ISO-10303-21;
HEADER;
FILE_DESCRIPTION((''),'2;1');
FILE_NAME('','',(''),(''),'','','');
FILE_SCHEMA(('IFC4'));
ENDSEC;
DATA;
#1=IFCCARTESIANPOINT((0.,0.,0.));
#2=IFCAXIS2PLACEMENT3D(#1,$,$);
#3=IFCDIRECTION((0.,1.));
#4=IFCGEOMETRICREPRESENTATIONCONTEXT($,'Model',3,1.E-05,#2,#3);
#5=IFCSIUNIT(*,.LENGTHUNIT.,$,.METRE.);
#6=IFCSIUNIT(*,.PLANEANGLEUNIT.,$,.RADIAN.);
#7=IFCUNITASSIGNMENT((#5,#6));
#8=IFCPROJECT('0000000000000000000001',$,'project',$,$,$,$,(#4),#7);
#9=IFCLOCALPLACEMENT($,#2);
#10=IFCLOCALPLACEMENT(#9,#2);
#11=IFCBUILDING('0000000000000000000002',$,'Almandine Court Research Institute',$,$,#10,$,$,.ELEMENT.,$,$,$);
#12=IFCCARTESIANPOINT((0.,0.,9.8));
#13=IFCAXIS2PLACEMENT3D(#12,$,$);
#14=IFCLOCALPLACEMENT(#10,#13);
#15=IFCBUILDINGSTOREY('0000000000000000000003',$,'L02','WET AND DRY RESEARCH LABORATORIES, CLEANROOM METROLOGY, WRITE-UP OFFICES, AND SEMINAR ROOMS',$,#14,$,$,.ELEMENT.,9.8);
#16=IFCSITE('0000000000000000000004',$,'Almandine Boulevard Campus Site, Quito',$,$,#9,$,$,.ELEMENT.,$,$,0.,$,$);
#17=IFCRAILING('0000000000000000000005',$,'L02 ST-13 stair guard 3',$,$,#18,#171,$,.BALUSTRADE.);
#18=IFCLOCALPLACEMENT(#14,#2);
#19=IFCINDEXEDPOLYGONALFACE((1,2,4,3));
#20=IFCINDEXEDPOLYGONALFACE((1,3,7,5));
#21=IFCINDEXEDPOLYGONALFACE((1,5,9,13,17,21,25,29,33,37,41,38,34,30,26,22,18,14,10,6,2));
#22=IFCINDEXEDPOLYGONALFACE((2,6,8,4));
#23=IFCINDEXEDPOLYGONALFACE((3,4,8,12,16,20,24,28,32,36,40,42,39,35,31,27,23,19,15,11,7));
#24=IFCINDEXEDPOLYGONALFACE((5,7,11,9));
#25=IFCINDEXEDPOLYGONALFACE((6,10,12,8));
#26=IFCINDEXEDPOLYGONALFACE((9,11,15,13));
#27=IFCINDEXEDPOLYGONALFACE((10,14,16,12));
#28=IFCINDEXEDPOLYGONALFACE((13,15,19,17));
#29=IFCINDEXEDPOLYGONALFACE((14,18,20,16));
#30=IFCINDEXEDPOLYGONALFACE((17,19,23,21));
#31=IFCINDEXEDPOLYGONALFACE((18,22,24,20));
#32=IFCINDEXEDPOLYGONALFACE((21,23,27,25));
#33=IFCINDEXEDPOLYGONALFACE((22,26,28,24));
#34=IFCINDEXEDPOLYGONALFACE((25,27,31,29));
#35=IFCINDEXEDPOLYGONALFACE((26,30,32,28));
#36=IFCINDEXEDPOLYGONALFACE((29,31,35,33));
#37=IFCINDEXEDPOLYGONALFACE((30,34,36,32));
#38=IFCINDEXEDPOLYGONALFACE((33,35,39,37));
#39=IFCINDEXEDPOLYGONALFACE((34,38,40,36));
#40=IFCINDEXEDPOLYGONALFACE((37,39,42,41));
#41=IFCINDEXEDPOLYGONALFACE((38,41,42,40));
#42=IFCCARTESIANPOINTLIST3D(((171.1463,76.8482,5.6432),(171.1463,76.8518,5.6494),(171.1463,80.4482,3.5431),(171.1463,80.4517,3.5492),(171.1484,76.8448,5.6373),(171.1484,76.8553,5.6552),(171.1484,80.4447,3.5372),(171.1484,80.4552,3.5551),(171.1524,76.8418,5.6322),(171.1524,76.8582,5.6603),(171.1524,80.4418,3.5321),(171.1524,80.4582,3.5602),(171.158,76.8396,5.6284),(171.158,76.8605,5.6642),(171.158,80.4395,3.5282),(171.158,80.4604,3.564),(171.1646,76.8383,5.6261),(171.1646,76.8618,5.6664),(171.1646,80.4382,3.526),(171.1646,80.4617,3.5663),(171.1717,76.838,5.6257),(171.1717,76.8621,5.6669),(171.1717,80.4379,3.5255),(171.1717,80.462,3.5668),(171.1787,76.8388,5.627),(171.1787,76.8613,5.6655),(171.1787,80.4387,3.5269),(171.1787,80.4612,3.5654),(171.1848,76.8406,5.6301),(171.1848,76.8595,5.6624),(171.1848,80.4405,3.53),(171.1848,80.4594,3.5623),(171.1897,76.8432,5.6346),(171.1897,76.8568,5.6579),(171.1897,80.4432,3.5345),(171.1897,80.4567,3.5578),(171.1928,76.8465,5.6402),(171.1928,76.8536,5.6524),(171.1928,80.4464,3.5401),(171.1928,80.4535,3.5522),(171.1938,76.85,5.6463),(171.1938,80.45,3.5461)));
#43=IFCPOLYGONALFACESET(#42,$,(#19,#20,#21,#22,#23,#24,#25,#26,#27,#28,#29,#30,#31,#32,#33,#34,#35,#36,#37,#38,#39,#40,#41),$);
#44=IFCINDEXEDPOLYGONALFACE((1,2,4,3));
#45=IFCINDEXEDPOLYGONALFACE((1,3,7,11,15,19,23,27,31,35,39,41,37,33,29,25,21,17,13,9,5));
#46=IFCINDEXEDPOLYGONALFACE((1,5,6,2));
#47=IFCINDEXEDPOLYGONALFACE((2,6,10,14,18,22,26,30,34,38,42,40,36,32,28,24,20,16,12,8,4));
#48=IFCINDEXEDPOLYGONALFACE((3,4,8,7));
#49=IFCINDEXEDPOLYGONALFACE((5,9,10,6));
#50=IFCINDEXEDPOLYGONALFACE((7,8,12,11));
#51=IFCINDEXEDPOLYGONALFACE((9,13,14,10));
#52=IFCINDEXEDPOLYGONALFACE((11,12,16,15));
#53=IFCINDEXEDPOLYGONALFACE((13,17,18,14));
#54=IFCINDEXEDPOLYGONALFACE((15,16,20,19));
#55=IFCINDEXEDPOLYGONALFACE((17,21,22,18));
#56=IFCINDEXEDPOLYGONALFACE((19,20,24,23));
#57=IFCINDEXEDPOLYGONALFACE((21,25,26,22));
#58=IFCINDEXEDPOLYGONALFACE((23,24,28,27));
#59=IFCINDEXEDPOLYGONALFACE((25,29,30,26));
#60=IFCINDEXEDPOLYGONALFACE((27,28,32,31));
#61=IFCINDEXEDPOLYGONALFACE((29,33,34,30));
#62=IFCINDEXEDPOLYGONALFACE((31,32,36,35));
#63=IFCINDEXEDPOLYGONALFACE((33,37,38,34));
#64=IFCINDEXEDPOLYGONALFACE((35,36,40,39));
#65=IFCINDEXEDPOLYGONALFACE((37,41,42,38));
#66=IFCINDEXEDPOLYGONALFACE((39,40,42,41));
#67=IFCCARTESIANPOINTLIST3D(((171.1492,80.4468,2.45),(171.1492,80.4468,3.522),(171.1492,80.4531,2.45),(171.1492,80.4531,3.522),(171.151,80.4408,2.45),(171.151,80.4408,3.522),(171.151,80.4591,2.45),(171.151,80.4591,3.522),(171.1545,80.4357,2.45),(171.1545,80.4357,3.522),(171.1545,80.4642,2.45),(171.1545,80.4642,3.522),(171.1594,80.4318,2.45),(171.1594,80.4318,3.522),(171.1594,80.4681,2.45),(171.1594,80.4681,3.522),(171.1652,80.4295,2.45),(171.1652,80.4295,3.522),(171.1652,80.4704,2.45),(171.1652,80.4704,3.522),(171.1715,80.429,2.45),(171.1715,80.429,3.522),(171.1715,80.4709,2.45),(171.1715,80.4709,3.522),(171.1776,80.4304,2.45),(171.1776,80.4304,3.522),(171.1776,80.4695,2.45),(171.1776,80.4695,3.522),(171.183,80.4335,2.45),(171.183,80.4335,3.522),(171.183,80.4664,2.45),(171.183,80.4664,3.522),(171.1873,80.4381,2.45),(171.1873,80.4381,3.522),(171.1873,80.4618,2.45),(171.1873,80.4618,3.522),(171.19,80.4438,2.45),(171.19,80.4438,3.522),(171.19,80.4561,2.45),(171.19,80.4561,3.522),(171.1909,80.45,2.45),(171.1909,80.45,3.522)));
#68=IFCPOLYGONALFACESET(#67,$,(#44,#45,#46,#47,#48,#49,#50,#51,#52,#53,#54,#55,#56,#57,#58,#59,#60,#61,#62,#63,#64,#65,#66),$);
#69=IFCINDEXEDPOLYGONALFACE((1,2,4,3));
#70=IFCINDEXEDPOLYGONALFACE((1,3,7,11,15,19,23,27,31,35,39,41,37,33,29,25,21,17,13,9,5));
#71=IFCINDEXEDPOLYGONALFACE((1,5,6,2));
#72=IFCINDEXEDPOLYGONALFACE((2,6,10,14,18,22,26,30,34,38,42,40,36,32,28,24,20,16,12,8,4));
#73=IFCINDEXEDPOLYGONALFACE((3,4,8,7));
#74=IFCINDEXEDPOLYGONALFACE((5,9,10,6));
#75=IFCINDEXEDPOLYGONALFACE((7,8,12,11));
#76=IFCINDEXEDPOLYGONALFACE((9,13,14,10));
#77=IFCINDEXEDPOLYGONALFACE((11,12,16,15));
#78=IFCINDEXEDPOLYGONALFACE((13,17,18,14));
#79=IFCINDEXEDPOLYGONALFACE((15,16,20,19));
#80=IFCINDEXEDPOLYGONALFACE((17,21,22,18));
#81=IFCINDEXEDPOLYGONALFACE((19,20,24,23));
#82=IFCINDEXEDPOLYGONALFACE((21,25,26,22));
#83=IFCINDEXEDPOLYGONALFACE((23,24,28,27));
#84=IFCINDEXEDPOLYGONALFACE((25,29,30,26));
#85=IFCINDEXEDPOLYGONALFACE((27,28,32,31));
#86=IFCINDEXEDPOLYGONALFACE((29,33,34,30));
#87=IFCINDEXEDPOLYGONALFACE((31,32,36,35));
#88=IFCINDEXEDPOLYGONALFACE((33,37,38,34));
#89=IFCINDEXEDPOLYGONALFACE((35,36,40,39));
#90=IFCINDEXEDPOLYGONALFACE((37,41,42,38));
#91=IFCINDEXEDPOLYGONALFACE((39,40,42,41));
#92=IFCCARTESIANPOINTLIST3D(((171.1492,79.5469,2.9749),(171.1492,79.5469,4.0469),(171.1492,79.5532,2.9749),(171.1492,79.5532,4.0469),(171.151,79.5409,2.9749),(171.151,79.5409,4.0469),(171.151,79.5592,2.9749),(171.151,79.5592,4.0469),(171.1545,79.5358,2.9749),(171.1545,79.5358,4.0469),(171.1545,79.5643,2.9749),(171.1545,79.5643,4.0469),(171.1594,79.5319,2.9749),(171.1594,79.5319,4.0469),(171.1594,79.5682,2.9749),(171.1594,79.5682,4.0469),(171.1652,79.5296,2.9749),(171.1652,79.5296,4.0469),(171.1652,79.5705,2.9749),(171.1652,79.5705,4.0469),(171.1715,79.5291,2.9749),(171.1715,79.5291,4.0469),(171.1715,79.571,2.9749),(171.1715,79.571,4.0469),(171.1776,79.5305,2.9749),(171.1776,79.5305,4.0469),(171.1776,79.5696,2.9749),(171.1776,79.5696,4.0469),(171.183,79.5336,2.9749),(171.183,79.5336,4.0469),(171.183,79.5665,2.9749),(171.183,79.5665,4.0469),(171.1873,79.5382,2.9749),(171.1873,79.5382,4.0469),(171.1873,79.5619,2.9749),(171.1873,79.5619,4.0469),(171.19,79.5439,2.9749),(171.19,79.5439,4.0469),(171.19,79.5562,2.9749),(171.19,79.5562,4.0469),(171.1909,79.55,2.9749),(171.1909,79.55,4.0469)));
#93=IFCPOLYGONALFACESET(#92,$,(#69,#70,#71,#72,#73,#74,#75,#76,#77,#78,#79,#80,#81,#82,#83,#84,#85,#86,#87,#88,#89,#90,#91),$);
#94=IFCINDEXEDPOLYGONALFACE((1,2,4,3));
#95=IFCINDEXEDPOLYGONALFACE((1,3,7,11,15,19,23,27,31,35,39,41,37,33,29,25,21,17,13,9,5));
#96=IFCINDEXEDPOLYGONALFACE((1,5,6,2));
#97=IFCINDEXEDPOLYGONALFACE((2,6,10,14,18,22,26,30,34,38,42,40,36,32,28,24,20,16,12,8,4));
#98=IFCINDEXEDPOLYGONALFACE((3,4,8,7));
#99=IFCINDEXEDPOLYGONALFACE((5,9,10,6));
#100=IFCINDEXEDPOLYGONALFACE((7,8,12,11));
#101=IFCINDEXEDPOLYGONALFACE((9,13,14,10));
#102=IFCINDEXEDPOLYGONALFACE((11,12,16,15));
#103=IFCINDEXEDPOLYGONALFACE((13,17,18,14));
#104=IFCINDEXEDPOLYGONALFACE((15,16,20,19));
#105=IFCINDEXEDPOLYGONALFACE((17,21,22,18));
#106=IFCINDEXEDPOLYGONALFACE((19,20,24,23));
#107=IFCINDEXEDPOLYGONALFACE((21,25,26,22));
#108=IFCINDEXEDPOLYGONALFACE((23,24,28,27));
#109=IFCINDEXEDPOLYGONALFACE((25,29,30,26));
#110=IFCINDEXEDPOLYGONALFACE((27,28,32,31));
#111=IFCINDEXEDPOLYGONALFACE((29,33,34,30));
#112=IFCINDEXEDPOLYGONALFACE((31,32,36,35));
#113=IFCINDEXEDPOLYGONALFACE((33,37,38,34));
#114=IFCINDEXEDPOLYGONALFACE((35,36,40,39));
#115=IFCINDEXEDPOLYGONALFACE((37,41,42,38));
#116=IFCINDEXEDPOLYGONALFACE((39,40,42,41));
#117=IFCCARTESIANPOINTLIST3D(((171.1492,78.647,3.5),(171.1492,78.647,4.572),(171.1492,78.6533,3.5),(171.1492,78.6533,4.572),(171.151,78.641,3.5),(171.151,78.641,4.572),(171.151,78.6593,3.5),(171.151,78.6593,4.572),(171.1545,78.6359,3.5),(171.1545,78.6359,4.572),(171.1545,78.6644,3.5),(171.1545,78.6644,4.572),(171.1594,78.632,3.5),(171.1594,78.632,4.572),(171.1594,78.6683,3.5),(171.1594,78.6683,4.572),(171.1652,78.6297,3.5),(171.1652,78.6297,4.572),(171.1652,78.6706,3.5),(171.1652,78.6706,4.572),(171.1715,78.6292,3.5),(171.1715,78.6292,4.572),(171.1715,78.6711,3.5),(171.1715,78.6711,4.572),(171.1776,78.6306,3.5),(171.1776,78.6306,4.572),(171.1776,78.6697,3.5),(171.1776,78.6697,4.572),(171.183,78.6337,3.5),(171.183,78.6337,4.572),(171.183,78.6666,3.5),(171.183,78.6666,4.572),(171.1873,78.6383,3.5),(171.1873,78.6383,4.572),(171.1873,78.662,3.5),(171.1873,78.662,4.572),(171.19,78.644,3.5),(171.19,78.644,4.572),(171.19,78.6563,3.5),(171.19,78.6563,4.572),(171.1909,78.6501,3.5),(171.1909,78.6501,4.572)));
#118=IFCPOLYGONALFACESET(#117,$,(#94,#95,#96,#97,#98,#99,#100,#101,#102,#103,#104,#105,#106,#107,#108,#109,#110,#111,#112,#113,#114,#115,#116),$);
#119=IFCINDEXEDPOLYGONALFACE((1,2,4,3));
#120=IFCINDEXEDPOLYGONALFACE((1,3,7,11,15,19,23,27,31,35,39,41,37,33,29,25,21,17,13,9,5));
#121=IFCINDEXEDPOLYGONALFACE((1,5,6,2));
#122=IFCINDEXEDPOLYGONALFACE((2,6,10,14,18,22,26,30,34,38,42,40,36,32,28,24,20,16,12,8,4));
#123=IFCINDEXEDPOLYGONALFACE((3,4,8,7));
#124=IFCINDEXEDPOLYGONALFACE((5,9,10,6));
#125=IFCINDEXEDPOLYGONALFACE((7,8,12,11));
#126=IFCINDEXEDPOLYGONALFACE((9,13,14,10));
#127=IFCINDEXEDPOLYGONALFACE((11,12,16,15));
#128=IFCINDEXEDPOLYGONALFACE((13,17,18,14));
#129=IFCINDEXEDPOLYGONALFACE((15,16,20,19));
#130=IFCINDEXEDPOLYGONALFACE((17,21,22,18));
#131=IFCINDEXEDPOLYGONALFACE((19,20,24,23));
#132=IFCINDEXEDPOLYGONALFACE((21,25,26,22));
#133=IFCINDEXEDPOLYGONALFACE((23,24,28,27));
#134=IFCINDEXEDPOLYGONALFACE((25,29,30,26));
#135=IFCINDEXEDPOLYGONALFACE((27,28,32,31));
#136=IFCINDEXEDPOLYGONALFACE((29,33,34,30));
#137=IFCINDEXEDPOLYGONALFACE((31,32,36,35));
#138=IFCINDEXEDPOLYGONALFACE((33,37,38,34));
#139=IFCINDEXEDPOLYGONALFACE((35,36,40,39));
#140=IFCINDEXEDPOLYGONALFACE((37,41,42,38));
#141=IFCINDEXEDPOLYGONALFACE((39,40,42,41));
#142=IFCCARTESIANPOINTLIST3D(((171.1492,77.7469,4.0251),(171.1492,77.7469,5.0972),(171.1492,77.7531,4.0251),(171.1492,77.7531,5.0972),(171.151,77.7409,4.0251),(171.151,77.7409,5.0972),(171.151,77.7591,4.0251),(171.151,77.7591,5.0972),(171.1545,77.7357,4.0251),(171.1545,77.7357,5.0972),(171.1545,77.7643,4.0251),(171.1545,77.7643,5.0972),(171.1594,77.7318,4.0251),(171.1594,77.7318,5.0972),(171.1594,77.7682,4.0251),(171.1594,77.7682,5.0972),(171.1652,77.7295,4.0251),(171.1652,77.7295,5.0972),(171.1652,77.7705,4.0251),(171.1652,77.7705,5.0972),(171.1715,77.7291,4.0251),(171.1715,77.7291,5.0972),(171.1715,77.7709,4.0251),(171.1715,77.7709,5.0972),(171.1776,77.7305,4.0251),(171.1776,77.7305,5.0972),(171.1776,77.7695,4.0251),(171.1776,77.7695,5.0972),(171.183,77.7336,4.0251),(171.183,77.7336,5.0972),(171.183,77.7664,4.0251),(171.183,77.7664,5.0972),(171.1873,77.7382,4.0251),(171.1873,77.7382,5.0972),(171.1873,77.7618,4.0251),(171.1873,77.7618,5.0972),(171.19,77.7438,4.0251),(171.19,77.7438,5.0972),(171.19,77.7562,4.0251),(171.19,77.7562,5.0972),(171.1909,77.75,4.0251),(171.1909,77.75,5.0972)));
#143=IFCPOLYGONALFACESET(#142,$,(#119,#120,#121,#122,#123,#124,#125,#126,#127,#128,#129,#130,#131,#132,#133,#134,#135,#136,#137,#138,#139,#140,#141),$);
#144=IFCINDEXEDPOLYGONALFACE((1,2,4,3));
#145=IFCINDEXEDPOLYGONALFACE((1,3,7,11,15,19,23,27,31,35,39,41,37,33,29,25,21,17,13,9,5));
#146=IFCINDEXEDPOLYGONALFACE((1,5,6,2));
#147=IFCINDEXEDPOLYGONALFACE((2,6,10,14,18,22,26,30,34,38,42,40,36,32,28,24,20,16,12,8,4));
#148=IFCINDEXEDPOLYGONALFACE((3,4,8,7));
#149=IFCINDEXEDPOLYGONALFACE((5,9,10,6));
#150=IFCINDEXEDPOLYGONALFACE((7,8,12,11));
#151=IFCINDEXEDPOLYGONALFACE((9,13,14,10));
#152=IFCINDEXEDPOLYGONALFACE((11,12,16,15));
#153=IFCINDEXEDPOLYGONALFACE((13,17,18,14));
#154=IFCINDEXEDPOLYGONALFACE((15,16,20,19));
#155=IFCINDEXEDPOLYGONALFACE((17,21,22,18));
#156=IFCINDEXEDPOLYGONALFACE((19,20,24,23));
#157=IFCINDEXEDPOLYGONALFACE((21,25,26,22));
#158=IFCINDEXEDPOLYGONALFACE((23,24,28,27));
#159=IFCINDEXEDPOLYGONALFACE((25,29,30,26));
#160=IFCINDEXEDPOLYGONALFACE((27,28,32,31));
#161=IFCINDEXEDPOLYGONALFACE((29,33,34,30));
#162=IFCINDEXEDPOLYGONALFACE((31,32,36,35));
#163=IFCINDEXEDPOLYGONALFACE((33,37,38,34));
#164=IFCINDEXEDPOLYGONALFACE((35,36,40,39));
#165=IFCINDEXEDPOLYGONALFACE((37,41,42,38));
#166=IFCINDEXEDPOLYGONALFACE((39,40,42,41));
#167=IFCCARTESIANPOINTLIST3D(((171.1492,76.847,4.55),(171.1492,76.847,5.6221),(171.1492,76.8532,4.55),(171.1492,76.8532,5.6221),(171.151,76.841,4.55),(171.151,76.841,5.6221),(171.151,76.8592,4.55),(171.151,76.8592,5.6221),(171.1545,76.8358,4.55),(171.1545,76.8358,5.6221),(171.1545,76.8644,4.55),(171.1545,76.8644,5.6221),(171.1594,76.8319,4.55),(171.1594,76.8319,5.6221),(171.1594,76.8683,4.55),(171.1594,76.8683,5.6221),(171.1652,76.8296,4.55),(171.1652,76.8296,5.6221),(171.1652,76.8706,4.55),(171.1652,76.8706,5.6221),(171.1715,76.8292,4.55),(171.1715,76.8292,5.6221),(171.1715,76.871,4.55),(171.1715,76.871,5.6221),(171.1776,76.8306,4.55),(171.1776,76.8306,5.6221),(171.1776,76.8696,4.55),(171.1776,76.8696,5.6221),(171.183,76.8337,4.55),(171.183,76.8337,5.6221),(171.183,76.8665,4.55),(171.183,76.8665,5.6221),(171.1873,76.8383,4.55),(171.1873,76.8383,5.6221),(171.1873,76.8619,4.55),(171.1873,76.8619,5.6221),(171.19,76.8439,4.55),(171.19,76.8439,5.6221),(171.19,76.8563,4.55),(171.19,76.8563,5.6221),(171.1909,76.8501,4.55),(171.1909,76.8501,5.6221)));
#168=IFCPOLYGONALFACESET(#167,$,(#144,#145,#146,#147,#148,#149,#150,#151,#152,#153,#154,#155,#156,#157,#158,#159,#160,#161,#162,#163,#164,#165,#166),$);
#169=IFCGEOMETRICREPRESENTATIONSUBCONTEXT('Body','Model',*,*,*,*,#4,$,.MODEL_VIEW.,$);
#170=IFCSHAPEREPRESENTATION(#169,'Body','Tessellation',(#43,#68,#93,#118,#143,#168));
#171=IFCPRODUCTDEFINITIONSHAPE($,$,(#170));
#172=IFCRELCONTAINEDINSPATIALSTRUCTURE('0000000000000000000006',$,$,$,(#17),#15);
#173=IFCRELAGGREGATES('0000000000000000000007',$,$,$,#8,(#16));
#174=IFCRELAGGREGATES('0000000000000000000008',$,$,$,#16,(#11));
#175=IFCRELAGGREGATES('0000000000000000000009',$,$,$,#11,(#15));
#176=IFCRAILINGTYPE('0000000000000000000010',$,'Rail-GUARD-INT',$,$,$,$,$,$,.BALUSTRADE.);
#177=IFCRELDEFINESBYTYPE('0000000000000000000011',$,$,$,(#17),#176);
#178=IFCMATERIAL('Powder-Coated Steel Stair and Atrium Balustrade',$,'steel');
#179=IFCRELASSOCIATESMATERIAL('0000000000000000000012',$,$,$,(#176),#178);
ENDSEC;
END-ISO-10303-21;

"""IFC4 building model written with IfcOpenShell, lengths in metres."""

from ifc_helpers import new_model, si_unit, direction, frame, origin, origin_2d, place, context, subcontext, project, spatial, circle, extrude, material, type_object, element, save


model = new_model("IFC4")

# Units and contexts
model_context = context("Model", 3, precision=1e-05, world=origin(), true_north=direction((0.0, 1.0)))
body_context = subcontext(model_context, "Body", "Model", "MODEL_VIEW")
ifc_project = project(units=[si_unit("LENGTHUNIT", "METRE"), si_unit("PLANEANGLEUNIT", "RADIAN")], contexts=[model_context])

# Site, building, storey
site_placement = place(None, origin())
site = spatial("IfcSite", under=ifc_project, at=site_placement, Name="Almandine Boulevard Campus Site, Quito", CompositionType="ELEMENT", RefElevation=0.0)
building_placement = place(site_placement, origin())
building = spatial("IfcBuilding", under=site, at=building_placement, Name="Almandine Court Research Institute", CompositionType="ELEMENT")
storey_placement = place(building_placement, frame((0.0, 0.0, 9.8)))
storey = spatial("IfcBuildingStorey", under=building, at=storey_placement, Name="L02", Description="WET AND DRY RESEARCH LABORATORIES, CLEANROOM METROLOGY, WRITE-UP OFFICES, AND SEMINAR ROOMS", CompositionType="ELEMENT", Elevation=9.8)

# Railing
ifc_material_1 = material(Name="Powder-Coated Steel Stair and Atrium Balustrade", Category="steel")
railing_type_1 = type_object("IfcRailingType", Name="Rail-GUARD-INT", PredefinedType="BALUSTRADE", material=ifc_material_1)
railing_1_placement = place(storey_placement, frame((171.1699, 80.45, 2.45)))
element("IfcRailing", 1, at=railing_1_placement, inside=storey, type_object=railing_type_1, Name="L02 ST-13 stair guard 3", PredefinedType="BALUSTRADE", context=body_context, shape_type="SweptSolid", body=[
    extrude(circle(Radius=0.0239, at=origin_2d()), frame((0.0, 0.0, 1.0962), z_axis=(0.0, -0.86376, 0.503904), x_axis=(1.0, 0.0, 0.0)), (0.0, 0.0, 1.0), 4.1677),
    extrude(circle(Radius=0.021, at=origin_2d()), origin(), (0.0, 0.0, 1.0), 1.072),
    extrude(circle(Radius=0.021, at=origin_2d()), frame((0.0, -0.8999, 0.5249)), (0.0, 0.0, 1.0), 1.072),
    extrude(circle(Radius=0.021, at=origin_2d()), frame((0.0, -1.7998, 1.05)), (0.0, 0.0, 1.0), 1.072),
    extrude(circle(Radius=0.021, at=origin_2d()), frame((0.0, -2.7, 1.5752)), (0.0, 0.0, 1.0), 1.072),
    extrude(circle(Radius=0.021, at=origin_2d()), frame((0.0, -3.5999, 2.1001)), (0.0, 0.0, 1.0), 1.072),
])

save(model, "model.ifc")
